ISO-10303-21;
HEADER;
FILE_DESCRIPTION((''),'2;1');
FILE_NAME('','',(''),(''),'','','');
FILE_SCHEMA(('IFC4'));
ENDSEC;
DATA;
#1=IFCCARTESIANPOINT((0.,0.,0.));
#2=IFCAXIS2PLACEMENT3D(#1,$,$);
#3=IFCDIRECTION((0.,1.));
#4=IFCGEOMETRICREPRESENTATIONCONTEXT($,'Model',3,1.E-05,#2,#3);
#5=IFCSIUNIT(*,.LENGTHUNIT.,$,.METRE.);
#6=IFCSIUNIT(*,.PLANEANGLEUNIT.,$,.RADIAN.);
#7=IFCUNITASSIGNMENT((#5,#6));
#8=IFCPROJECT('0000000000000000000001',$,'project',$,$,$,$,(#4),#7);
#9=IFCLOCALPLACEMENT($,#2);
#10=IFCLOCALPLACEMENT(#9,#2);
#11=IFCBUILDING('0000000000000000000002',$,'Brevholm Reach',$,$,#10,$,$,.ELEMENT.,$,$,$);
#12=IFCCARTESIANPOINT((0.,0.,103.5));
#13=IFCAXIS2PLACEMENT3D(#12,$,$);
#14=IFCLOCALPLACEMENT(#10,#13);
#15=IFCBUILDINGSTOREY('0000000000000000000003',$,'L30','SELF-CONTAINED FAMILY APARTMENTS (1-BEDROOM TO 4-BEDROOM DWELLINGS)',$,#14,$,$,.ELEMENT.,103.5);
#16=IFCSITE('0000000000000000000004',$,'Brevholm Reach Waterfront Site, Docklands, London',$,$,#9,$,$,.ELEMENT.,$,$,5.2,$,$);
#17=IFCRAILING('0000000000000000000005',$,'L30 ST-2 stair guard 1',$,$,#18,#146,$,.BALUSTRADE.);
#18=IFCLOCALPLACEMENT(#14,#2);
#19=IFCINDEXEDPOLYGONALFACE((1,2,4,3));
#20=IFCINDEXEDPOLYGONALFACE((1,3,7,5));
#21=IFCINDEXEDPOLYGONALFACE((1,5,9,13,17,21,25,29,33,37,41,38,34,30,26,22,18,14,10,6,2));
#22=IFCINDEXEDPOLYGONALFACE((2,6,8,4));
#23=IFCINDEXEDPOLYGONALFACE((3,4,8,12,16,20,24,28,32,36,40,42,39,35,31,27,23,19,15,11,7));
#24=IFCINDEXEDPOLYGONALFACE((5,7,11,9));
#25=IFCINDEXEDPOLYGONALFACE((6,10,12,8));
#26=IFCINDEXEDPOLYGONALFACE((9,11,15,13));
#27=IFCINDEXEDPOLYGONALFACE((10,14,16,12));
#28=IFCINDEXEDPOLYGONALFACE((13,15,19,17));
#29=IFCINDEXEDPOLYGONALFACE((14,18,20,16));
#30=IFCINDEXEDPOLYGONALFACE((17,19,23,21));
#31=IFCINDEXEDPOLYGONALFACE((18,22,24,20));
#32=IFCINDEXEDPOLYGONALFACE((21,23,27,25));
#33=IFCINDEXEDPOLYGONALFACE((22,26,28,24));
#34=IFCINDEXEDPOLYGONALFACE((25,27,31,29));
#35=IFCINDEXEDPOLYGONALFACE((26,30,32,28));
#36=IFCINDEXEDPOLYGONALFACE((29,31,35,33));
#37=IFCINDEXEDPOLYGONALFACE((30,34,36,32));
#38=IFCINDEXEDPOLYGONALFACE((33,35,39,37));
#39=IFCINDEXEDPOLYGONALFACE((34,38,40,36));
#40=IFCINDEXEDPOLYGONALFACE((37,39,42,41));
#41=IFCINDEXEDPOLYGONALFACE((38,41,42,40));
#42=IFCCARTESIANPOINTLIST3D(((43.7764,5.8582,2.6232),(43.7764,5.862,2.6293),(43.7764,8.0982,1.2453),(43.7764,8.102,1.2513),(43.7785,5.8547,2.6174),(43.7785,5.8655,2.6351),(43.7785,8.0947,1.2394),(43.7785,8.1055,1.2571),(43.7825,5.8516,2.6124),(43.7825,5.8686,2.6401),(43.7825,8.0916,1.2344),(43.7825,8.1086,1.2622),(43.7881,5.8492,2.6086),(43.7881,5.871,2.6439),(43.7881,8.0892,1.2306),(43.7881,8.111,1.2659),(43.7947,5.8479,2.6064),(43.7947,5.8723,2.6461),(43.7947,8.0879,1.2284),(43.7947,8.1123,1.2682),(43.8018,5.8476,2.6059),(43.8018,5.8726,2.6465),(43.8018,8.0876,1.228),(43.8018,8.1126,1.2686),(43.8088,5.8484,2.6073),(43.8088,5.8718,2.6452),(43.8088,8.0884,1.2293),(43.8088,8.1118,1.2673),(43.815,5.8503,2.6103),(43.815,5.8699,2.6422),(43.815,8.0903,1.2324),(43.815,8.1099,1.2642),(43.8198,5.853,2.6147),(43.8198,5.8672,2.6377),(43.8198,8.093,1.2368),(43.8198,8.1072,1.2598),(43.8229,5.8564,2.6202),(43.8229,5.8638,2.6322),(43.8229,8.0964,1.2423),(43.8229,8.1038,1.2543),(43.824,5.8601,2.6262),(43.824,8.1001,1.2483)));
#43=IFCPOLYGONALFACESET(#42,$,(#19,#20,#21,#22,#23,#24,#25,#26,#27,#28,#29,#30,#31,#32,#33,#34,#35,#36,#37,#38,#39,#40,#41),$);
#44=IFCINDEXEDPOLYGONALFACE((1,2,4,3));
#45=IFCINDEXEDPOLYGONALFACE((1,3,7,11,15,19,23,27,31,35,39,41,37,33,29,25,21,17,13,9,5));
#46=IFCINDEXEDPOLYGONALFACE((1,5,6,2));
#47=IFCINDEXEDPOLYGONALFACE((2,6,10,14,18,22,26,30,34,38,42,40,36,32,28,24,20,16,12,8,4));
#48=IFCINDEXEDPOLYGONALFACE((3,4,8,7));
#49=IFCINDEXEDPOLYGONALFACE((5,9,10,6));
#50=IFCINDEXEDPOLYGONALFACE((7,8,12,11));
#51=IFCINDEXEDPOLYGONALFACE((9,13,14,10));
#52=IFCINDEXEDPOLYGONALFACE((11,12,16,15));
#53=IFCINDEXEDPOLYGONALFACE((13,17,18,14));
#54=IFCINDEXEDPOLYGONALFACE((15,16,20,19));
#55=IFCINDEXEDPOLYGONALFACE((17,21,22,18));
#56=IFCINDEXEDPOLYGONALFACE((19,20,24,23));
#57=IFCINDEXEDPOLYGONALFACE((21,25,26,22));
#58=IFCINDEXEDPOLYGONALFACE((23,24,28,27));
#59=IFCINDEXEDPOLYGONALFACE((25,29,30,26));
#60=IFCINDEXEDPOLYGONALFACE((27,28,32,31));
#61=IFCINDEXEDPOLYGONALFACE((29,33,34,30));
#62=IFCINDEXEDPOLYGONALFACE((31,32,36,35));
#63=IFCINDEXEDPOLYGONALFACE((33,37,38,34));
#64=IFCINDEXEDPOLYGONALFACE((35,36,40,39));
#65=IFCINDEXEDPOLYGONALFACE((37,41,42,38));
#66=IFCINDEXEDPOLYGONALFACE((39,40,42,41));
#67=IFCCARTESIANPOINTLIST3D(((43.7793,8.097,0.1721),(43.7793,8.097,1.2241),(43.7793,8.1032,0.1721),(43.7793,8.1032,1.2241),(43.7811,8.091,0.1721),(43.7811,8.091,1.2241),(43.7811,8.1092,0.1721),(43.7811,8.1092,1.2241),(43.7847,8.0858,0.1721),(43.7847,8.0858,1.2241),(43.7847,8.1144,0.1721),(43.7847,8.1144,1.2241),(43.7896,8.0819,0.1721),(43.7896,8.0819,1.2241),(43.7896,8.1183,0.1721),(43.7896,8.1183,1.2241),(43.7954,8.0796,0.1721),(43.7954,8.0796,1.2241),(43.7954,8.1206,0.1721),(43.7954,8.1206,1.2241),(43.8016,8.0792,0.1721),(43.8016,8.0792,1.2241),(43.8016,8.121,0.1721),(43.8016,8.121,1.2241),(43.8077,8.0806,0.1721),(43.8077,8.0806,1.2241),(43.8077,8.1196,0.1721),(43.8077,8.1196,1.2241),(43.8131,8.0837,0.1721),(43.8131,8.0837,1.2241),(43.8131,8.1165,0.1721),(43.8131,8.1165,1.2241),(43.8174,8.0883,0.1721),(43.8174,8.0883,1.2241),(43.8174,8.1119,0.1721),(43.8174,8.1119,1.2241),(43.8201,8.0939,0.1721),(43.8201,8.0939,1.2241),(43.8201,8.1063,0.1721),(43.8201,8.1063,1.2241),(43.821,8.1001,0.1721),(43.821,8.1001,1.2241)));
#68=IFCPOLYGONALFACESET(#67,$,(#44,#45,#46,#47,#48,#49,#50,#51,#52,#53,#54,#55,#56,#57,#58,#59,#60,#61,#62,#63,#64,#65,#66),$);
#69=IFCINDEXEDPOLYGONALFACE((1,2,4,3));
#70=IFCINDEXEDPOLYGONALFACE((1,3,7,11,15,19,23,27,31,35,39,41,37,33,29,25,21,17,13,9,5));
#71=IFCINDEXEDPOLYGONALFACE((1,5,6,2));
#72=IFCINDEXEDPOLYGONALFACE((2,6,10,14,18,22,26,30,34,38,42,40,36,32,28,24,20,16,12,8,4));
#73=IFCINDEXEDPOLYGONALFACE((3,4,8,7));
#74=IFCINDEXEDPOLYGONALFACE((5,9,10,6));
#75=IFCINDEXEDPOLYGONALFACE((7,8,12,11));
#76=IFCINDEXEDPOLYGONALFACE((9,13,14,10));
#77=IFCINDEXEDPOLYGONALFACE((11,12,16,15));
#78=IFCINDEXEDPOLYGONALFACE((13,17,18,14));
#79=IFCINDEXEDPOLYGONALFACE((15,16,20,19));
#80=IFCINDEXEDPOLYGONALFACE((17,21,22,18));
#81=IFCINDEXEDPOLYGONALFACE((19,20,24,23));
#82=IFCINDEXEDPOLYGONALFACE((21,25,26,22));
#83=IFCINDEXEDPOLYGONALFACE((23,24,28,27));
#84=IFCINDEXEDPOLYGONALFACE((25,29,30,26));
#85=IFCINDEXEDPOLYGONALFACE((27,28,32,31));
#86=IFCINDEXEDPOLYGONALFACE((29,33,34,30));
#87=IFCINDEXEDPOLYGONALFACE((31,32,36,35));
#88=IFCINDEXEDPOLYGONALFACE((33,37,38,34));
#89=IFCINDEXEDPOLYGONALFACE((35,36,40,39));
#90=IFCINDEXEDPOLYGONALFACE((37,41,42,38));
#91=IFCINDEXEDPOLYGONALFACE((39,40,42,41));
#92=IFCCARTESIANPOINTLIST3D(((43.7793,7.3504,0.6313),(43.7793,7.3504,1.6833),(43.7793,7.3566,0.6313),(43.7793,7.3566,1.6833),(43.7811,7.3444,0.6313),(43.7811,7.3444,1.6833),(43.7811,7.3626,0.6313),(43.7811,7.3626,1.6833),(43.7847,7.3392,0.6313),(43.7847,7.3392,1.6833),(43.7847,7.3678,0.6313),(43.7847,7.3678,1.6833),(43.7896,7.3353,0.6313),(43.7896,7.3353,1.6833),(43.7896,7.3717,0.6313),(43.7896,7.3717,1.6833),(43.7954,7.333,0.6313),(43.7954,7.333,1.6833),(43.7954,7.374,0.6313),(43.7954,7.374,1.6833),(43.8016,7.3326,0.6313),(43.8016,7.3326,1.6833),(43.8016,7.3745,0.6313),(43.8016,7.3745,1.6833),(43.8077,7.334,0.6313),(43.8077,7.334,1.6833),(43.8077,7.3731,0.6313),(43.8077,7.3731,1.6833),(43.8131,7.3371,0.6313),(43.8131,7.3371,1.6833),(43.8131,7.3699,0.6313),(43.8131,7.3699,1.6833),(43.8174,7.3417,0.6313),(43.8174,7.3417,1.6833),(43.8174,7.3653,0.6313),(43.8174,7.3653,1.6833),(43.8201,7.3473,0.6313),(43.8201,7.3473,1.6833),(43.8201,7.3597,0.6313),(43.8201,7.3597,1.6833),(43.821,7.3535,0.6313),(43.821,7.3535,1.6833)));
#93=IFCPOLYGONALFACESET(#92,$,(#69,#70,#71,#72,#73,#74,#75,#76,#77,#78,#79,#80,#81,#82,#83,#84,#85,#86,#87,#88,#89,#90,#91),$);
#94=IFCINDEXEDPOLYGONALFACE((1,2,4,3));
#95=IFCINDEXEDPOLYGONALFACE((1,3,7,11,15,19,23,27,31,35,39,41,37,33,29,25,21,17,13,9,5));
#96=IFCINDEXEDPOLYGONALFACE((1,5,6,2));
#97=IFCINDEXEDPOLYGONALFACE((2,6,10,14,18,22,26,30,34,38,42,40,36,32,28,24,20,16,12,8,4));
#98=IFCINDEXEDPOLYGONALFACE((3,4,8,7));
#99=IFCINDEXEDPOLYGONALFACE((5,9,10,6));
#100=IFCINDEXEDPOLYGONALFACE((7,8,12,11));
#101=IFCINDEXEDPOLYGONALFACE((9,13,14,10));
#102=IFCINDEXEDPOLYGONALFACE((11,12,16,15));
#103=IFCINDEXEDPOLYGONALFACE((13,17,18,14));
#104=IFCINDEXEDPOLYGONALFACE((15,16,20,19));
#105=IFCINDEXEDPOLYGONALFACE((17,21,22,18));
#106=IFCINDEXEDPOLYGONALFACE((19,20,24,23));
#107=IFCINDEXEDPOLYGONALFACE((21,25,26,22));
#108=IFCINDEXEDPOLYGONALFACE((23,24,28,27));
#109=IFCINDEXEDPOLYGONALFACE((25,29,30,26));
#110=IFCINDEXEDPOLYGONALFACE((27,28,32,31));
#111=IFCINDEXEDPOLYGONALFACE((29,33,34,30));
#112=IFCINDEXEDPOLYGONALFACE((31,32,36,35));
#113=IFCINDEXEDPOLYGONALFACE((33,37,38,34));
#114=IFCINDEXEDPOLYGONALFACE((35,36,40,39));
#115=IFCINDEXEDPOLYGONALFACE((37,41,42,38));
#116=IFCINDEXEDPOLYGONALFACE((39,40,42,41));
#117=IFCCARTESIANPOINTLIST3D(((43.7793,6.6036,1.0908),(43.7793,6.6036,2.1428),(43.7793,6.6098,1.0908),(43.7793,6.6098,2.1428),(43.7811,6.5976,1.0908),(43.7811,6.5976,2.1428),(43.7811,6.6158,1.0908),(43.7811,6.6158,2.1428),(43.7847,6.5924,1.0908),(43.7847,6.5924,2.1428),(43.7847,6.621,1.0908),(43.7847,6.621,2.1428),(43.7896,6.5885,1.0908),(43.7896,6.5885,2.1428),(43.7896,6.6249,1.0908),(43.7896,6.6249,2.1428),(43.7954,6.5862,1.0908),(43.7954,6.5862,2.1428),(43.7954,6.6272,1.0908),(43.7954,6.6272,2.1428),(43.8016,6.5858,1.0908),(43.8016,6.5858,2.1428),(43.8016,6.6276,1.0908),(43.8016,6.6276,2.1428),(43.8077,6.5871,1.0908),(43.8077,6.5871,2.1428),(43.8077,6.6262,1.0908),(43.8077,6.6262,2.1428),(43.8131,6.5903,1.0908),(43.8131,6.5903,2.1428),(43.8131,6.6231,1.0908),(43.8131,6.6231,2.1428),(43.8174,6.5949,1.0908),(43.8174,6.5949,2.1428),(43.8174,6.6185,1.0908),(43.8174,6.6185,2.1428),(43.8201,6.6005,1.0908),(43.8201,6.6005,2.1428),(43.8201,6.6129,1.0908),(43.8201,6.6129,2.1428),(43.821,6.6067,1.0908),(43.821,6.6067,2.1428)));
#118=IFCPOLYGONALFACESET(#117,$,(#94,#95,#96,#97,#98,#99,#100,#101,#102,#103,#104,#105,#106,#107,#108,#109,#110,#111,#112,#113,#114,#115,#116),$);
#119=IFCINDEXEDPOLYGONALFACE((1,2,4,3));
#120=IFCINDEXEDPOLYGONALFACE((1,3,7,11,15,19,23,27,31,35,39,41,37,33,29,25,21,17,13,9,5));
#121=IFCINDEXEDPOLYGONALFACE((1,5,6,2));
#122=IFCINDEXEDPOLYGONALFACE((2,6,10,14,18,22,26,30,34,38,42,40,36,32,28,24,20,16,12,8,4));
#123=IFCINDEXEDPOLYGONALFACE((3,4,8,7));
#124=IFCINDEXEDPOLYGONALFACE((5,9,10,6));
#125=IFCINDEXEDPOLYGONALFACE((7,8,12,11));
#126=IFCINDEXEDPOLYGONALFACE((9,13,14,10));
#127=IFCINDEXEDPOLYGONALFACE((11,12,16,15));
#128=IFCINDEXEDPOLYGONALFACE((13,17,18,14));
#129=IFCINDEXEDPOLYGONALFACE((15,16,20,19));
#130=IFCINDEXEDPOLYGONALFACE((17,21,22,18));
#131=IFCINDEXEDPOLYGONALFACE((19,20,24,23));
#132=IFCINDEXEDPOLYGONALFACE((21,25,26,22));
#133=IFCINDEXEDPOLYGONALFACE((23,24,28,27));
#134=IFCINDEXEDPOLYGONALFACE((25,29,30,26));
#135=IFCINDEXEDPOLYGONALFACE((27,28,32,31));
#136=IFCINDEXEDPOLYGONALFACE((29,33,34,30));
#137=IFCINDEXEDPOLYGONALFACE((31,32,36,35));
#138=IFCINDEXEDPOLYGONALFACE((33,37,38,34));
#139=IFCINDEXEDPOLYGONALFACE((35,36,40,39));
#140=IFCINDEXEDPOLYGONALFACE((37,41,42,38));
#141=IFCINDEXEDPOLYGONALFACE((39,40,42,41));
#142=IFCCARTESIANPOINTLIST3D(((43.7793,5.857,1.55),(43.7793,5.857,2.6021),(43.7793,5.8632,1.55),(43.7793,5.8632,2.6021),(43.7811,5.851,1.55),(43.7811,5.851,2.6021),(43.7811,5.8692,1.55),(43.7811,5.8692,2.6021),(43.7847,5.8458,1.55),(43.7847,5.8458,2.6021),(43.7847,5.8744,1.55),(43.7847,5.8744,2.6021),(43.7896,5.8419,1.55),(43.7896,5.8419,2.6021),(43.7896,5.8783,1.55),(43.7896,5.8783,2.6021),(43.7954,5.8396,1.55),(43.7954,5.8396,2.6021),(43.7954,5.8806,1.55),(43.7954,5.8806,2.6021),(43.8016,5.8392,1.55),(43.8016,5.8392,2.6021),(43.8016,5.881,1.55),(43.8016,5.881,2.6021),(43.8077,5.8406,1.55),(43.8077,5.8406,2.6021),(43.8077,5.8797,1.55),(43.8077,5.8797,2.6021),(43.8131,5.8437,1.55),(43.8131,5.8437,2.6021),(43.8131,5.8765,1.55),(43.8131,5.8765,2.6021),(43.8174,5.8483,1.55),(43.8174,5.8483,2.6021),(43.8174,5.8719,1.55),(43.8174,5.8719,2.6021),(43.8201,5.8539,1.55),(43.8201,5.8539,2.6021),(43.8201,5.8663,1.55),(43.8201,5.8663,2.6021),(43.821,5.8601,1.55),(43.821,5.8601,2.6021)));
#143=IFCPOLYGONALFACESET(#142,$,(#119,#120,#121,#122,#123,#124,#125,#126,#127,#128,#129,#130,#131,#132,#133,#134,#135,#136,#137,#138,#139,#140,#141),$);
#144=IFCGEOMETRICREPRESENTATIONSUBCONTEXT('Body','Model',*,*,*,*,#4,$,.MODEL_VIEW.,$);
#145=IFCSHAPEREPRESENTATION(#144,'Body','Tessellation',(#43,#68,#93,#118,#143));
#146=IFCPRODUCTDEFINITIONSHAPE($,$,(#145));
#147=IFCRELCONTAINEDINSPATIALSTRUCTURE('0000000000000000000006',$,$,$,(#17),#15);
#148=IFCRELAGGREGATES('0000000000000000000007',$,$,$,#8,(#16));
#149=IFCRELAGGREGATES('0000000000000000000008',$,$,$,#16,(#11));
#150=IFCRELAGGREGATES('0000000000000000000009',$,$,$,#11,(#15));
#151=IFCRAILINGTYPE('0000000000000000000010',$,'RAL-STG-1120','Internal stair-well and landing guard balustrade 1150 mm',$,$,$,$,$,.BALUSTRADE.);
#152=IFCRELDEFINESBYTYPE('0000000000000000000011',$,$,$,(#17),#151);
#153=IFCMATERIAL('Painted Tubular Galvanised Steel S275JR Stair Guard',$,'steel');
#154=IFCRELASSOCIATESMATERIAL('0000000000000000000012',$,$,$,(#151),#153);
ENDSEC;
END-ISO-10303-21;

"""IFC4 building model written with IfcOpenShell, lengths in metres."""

from ifc_helpers import new_model, si_unit, direction, frame, origin, origin_2d, place, context, subcontext, project, spatial, circle, extrude, material, type_object, element, save


model = new_model("IFC4")

# Units and contexts
model_context = context("Model", 3, precision=1e-05, world=origin(), true_north=direction((0.0, 1.0)))
body_context = subcontext(model_context, "Body", "Model", "MODEL_VIEW")
ifc_project = project(units=[si_unit("LENGTHUNIT", "METRE"), si_unit("PLANEANGLEUNIT", "RADIAN")], contexts=[model_context])

# Site, building, storey
site_placement = place(None, origin())
site = spatial("IfcSite", under=ifc_project, at=site_placement, Name="Brevholm Reach Waterfront Site, Docklands, London", CompositionType="ELEMENT", RefElevation=5.2)
building_placement = place(site_placement, origin())
building = spatial("IfcBuilding", under=site, at=building_placement, Name="Brevholm Reach", CompositionType="ELEMENT")
storey_placement = place(building_placement, frame((0.0, 0.0, 103.5)))
storey = spatial("IfcBuildingStorey", under=building, at=storey_placement, Name="L30", Description="SELF-CONTAINED FAMILY APARTMENTS (1-BEDROOM TO 4-BEDROOM DWELLINGS)", CompositionType="ELEMENT", Elevation=103.5)

# Railing
ifc_material_1 = material(Name="Painted Tubular Galvanised Steel S275JR Stair Guard", Category="steel")
railing_type = type_object("IfcRailingType", Name="RAL-STG-1120", Description="Internal stair-well and landing guard balustrade 1150 mm", PredefinedType="BALUSTRADE", material=ifc_material_1)
railing_1_placement = place(storey_placement, frame((43.8, 8.1001, 0.1721)))
element("IfcRailing", 1, at=railing_1_placement, inside=storey, type_object=railing_type, Name="L30 ST-2 stair guard 1", PredefinedType="BALUSTRADE", context=body_context, shape_type="SweptSolid", body=[
    extrude(circle(Radius=0.0239, at=origin_2d()), frame((0.0, 0.0, 1.0762), z_axis=(0.0, -0.851748, 0.523952), x_axis=(1.0, 0.0, 0.0)), (0.0, 0.0, 1.0), 2.6299),
    extrude(circle(Radius=0.021, at=origin_2d()), origin(), (0.0, 0.0, 1.0), 1.052),
    extrude(circle(Radius=0.021, at=origin_2d()), frame((0.0, -0.7466, 0.4592)), (0.0, 0.0, 1.0), 1.052),
    extrude(circle(Radius=0.021, at=origin_2d()), frame((0.0, -1.4934, 0.9187)), (0.0, 0.0, 1.0), 1.052),
    extrude(circle(Radius=0.021, at=origin_2d()), frame((0.0, -2.24, 1.3779)), (0.0, 0.0, 1.0), 1.052),
])

save(model, "model.ifc")
